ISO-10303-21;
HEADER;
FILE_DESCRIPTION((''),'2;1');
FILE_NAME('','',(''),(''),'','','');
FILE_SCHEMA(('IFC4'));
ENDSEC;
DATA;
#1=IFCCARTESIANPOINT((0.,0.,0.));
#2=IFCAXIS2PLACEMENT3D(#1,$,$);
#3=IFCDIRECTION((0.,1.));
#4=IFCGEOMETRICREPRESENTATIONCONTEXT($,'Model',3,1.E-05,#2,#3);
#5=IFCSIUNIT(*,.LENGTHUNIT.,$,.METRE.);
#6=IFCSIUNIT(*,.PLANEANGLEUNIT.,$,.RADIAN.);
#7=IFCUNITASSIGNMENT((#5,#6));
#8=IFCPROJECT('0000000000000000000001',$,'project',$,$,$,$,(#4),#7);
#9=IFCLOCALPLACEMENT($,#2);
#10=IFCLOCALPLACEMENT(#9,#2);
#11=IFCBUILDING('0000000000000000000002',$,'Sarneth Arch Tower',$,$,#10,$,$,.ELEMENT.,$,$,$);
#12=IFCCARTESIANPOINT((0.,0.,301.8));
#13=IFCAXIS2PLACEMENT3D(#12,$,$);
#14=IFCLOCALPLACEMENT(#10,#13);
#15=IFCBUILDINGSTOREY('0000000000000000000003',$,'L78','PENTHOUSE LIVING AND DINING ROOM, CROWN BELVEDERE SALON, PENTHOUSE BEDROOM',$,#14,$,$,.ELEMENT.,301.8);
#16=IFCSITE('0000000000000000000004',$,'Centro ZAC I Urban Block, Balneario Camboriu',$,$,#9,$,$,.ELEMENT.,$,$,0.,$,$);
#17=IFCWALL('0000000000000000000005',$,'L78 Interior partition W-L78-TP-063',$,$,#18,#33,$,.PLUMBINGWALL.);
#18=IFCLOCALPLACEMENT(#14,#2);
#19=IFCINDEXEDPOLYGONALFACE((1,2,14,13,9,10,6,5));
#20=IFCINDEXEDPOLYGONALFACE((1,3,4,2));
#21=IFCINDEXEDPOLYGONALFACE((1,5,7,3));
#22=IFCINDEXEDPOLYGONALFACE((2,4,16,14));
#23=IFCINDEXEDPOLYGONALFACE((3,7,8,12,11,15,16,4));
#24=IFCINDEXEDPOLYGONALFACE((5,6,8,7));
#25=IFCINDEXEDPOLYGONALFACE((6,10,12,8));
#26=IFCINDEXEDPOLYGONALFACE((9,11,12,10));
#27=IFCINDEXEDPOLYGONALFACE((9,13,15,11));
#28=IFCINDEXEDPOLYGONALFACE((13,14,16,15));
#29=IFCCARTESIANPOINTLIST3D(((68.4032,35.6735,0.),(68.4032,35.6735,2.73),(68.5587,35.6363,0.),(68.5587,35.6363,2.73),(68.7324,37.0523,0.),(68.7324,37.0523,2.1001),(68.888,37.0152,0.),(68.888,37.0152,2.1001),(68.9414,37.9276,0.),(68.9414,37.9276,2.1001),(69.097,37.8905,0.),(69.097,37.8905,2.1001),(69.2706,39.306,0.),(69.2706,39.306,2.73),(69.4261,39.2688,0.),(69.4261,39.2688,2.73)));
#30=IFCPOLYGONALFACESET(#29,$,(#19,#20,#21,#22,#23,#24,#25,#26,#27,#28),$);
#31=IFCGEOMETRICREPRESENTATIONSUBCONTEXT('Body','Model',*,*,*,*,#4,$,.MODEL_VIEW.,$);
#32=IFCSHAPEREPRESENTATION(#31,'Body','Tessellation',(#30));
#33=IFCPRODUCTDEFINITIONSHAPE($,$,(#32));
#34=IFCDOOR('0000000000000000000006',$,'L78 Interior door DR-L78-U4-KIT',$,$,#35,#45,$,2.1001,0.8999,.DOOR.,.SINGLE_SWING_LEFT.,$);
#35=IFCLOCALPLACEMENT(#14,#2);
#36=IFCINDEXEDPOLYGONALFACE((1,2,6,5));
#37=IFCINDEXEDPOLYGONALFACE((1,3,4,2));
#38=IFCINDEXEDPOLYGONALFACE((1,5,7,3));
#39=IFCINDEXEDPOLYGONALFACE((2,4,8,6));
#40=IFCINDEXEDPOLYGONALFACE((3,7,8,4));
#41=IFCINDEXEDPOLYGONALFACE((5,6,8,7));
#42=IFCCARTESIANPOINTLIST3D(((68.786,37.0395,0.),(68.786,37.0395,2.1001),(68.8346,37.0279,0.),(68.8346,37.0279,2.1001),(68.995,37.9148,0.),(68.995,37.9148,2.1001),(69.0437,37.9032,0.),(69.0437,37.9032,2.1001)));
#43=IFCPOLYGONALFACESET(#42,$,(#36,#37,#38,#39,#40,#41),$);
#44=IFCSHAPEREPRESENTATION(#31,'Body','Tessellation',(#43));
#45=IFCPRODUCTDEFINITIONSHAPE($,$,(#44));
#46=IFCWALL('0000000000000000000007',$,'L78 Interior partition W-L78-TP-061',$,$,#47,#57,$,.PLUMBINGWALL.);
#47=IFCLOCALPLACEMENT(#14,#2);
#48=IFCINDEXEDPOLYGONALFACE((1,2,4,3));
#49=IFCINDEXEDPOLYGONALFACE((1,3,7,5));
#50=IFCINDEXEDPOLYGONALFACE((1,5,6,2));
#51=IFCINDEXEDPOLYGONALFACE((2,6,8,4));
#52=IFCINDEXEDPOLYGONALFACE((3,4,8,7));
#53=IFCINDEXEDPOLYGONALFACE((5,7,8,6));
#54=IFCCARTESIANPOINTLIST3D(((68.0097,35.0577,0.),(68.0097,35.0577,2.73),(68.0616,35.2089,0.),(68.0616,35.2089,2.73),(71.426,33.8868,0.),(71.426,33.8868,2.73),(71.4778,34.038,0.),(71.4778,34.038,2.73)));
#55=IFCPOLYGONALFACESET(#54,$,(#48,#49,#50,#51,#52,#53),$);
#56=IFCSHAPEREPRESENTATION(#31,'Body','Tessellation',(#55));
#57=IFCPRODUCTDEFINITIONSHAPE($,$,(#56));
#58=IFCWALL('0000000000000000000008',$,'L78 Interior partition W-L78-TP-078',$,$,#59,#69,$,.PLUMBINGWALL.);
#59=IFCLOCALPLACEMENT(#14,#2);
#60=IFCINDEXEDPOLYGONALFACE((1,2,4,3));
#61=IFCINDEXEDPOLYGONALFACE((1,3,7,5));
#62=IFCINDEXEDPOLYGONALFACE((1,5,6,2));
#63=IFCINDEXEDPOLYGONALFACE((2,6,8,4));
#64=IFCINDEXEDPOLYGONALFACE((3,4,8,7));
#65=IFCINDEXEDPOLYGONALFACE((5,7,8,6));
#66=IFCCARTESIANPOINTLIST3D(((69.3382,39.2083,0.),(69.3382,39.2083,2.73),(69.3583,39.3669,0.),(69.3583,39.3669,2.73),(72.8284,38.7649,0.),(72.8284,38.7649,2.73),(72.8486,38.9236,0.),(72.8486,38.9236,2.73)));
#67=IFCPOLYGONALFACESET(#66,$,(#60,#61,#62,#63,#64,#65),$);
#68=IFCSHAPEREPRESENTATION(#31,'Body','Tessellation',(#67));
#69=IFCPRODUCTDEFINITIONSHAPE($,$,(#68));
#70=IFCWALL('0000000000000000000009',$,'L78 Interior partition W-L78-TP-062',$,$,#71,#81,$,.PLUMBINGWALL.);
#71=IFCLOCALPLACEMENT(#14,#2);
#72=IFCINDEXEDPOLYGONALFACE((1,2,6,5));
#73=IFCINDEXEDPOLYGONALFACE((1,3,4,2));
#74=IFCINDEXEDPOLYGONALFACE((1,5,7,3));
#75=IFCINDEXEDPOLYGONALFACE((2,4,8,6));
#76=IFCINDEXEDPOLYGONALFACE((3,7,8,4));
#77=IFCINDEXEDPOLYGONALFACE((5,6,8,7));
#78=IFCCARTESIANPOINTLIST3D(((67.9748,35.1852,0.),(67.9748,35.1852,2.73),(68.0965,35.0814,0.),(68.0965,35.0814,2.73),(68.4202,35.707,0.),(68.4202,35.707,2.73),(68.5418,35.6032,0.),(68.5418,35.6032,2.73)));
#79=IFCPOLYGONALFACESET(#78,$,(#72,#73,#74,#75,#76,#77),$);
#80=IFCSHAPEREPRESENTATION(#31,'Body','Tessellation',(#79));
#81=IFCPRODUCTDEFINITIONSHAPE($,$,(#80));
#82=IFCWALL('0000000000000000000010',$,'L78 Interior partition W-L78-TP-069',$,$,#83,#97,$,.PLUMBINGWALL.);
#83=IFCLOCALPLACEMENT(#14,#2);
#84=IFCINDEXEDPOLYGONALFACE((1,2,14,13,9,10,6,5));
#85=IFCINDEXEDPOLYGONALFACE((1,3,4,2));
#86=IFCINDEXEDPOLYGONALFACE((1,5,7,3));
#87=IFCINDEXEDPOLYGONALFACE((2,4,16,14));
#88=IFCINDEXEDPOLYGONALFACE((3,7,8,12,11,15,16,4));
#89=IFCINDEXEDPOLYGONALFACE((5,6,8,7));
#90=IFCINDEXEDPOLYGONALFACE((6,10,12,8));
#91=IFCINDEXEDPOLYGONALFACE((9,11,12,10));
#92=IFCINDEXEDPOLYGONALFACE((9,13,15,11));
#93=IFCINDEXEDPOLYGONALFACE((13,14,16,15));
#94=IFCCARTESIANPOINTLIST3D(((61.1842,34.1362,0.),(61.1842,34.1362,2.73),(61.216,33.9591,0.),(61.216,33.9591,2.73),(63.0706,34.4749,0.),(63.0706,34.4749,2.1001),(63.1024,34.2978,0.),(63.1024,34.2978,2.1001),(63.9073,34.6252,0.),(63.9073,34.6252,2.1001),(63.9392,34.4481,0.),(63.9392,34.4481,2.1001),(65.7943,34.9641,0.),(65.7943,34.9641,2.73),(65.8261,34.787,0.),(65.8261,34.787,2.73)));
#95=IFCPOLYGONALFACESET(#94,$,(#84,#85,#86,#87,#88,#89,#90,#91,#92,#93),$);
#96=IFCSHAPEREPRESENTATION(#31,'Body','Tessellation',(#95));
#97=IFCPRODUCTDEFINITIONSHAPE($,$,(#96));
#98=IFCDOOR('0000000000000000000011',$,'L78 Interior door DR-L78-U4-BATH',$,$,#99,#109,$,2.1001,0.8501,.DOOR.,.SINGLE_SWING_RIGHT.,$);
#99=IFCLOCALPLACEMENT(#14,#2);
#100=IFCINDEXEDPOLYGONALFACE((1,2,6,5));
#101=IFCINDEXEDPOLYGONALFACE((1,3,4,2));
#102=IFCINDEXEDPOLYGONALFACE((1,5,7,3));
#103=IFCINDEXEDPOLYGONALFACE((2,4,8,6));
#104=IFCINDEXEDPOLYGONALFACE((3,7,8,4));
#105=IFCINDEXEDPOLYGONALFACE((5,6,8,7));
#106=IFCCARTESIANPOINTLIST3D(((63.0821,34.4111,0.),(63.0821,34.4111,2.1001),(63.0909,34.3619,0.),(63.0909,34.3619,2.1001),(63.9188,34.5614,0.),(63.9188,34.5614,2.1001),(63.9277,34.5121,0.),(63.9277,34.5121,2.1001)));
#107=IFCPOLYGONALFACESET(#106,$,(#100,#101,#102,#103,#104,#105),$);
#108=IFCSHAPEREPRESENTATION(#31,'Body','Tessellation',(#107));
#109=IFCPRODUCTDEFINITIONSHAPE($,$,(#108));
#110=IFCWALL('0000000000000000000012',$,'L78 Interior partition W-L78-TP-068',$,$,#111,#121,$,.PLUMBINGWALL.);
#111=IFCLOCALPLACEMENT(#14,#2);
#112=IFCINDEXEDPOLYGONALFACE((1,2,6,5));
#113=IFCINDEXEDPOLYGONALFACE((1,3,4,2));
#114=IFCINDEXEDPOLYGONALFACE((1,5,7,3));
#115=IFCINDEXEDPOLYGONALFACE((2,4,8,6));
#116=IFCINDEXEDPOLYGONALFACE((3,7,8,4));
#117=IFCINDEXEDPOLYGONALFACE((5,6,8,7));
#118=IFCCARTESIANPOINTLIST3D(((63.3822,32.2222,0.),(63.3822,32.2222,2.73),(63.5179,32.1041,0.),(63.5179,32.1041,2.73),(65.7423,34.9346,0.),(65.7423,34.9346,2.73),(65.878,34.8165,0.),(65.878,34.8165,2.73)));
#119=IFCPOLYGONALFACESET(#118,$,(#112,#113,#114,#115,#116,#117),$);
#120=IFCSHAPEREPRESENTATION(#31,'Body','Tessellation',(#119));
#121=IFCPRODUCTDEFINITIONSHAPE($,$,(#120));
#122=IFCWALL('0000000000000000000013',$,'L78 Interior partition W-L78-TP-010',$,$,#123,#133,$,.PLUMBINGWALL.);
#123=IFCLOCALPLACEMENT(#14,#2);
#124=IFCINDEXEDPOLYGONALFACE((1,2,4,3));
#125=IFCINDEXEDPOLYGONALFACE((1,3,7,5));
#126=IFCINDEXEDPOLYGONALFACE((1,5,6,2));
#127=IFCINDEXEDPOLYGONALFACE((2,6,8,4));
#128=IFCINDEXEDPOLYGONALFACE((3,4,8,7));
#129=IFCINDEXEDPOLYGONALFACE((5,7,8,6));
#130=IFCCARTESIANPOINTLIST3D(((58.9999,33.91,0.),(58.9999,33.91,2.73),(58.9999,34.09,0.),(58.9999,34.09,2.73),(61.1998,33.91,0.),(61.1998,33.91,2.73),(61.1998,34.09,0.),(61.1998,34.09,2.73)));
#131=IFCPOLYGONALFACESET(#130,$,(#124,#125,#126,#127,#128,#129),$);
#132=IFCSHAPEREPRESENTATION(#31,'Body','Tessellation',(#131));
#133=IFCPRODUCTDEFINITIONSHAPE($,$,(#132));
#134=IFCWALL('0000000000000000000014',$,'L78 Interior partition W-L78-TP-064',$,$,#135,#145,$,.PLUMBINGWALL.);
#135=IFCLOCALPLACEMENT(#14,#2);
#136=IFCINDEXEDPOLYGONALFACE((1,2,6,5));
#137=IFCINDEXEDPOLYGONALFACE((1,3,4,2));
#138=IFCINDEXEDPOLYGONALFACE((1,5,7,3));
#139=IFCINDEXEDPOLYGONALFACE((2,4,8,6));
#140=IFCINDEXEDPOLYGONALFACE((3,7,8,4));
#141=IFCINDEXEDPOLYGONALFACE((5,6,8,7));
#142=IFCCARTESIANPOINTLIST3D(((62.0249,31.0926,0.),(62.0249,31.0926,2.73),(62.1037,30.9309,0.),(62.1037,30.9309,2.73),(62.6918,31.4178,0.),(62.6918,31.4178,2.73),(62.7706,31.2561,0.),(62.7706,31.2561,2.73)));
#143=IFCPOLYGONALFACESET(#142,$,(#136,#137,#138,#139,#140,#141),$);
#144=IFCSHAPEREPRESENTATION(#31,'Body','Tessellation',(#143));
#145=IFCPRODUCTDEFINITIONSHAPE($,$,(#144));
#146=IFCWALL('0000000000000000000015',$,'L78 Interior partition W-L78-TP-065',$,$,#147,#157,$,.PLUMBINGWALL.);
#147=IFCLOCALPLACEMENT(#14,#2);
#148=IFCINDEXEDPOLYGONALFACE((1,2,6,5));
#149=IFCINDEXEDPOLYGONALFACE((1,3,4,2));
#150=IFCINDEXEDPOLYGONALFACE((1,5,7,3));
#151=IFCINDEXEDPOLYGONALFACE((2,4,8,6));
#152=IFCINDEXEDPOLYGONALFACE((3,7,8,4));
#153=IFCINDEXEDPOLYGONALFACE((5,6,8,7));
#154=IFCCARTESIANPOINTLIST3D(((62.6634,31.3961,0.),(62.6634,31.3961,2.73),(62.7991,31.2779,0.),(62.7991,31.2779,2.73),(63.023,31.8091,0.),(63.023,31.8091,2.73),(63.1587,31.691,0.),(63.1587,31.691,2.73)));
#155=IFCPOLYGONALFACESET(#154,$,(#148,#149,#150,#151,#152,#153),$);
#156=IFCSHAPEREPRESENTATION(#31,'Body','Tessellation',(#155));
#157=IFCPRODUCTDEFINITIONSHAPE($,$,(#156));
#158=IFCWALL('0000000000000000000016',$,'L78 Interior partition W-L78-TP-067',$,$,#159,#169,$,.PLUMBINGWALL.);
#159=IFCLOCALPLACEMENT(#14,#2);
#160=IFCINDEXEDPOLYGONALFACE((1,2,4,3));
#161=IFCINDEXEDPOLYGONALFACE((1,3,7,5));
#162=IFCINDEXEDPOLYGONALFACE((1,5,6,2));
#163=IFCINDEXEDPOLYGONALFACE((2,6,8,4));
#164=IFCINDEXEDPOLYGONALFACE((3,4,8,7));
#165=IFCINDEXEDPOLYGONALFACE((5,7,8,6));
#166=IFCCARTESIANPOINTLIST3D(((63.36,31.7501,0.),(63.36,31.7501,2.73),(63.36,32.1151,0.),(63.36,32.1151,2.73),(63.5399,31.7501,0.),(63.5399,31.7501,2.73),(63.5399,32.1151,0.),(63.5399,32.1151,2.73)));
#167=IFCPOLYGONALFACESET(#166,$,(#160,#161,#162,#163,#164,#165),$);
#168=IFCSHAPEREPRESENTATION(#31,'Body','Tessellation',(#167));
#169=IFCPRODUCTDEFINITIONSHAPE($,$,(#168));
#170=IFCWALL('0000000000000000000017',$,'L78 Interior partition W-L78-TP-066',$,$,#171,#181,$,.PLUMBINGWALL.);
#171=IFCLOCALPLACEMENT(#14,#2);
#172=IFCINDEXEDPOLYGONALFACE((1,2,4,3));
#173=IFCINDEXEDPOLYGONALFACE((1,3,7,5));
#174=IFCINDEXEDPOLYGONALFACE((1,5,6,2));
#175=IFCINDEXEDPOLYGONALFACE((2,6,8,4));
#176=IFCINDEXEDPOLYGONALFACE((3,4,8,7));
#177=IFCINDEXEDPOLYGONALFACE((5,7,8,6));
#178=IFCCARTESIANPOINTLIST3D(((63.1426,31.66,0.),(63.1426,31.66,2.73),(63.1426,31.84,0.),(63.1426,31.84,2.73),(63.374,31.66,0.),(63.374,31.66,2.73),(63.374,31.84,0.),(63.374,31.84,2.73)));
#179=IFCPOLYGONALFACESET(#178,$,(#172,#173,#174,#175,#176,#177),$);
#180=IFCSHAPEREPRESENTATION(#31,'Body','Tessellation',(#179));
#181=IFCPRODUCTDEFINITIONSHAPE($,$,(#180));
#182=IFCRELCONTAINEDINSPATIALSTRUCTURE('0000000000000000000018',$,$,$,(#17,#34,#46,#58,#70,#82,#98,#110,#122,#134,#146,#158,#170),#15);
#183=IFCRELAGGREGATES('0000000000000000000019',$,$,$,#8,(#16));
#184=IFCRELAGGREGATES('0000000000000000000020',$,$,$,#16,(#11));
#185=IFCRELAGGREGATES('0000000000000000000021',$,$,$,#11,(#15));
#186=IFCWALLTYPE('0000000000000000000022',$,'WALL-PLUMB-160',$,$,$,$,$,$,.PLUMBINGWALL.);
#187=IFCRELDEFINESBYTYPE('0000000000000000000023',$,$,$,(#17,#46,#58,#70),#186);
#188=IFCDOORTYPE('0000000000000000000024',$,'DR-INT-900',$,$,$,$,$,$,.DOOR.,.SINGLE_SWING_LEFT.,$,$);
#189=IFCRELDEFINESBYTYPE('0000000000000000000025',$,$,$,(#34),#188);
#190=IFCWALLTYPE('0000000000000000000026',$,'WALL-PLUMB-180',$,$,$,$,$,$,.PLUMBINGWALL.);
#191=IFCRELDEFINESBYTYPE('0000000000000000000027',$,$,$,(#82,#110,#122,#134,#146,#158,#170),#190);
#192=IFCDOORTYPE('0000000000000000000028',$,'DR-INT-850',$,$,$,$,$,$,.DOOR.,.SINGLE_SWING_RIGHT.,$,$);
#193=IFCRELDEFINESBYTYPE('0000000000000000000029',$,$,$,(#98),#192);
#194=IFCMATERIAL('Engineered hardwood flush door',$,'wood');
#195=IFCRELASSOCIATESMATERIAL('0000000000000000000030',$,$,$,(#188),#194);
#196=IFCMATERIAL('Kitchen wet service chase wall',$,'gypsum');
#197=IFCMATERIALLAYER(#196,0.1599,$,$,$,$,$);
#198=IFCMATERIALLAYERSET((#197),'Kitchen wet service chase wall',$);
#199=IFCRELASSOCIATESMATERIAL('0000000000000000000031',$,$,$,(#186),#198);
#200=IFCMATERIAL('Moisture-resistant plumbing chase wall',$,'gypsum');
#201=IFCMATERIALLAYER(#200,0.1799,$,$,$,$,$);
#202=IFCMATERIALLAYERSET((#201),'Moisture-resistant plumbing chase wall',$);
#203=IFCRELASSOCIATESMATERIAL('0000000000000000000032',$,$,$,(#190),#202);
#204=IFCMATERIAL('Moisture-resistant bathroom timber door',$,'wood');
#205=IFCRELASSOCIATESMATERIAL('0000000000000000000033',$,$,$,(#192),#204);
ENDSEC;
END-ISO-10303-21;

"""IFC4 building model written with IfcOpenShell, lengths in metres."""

from ifc_helpers import new_model, si_unit, direction, frame, frame_2d, origin, place, context, subcontext, project, spatial, rectangle, extrude, material, layer, layer_set, type_object, element, fill, save


model = new_model("IFC4")

# Units and contexts
model_context = context("Model", 3, precision=1e-05, world=origin(), true_north=direction((0.0, 1.0)))
body_context = subcontext(model_context, "Body", "Model", "MODEL_VIEW")
ifc_project = project(units=[si_unit("LENGTHUNIT", "METRE"), si_unit("PLANEANGLEUNIT", "RADIAN")], contexts=[model_context])

# Site, building, storey
site_placement = place(None, origin())
site = spatial("IfcSite", under=ifc_project, at=site_placement, Name="Centro ZAC I Urban Block, Balneario Camboriu", CompositionType="ELEMENT", RefElevation=0.0)
building_placement = place(site_placement, origin())
building = spatial("IfcBuilding", under=site, at=building_placement, Name="Sarneth Arch Tower", CompositionType="ELEMENT")
storey_placement = place(building_placement, frame((0.0, 0.0, 301.8)))
storey = spatial("IfcBuildingStorey", under=building, at=storey_placement, Name="L78", Description="PENTHOUSE LIVING AND DINING ROOM, CROWN BELVEDERE SALON, PENTHOUSE BEDROOM", CompositionType="ELEMENT", Elevation=301.8)

# Wall, opening, door
ifc_material_1 = material(Name="Engineered hardwood flush door", Category="wood")
door_type_1 = type_object("IfcDoorType", Name="DR-INT-900", OperationType="SINGLE_SWING_LEFT", PredefinedType="DOOR", material=ifc_material_1)
ifc_material_2 = material(Name="Kitchen wet service chase wall", Category="gypsum")
ifc_layer_1 = layer(ifc_material_2, 0.1599)
ifc_layer_set_1 = layer_set([ifc_layer_1], Name="Kitchen wet service chase wall")
wall_type_1 = type_object("IfcWallType", Name="WALL-PLUMB-160", PredefinedType="PLUMBINGWALL", material=ifc_layer_set_1)
wall_1_placement = place(storey_placement, frame((68.481, 35.655, 0.0), z_axis=(0.0, 0.0, 1.0), x_axis=(0.232263, 0.972653, 0.0)))
wall_1 = element("IfcWall", 1, at=wall_1_placement, inside=storey, type_object=wall_type_1, Name="L78 Interior partition W-L78-TP-063", PredefinedType="PLUMBINGWALL", context=body_context, shape_type="SweptSolid", body=[
    extrude(rectangle(XDim=3.7346, YDim=0.1599, at=frame_2d((1.8672, 0.0))), origin(), (0.0, 0.0, 1.0), 2.73),
])
opening_1_placement = place(wall_1_placement, frame((1.4175, 0.0, 0.0)))
opening_1 = element("IfcOpeningElement", 2, at=opening_1_placement, cuts=wall_1, PredefinedType="OPENING", context=body_context, shape_type="SweptSolid", body=[
    extrude(rectangle(XDim=0.8999, YDim=2.1001, at=frame_2d((0.45, 1.05))), frame((0.0, 0.0898, 0.0), z_axis=(0.0, -1.0, 0.0), x_axis=(1.0, 0.0, 0.0)), (0.0, 0.0, 1.0), 0.1799),
])
door_1_placement = place(opening_1_placement, origin())
door_1 = element("IfcDoor", 3, at=door_1_placement, inside=storey, type_object=door_type_1, Name="L78 Interior door DR-L78-U4-KIT", OperationType="SINGLE_SWING_LEFT", OverallHeight=2.1001, OverallWidth=0.8999, PredefinedType="DOOR", context=body_context, shape_type="SweptSolid", body=[
    extrude(rectangle(XDim=0.8999, YDim=2.1001, at=frame_2d((0.45, 1.05))), frame((0.0, 0.0249, 0.0), z_axis=(0.0, -1.0, 0.0), x_axis=(1.0, 0.0, 0.0)), (0.0, 0.0, 1.0), 0.05),
])
fill(opening_1, door_1)

# Walls
wall_2_placement = place(storey_placement, frame((71.4519, 33.9624, 0.0), z_axis=(0.0, 0.0, 1.0), x_axis=(-0.945979, 0.324228, 0.0)))
element("IfcWall", 4, at=wall_2_placement, inside=storey, type_object=wall_type_1, Name="L78 Interior partition W-L78-TP-061", PredefinedType="PLUMBINGWALL", context=body_context, shape_type="SweptSolid", body=[
    extrude(rectangle(XDim=3.6113, YDim=0.1599, at=frame_2d((1.8057, 0.0))), origin(), (0.0, 0.0, 1.0), 2.73),
])
wall_3_placement = place(storey_placement, frame((72.8386, 38.8442, 0.0), z_axis=(0.0, 0.0, 1.0), x_axis=(-0.992028, 0.126016, 0.0)))
element("IfcWall", 5, at=wall_3_placement, inside=storey, type_object=wall_type_1, Name="L78 Interior partition W-L78-TP-078", PredefinedType="PLUMBINGWALL", context=body_context, shape_type="SweptSolid", body=[
    extrude(rectangle(XDim=3.5183, YDim=0.1599, at=frame_2d((1.7593, 0.0))), origin(), (0.0, 0.0, 1.0), 2.73),
])
wall_4_placement = place(storey_placement, frame((68.0356, 35.1333, 0.0), z_axis=(0.0, 0.0, 1.0), x_axis=(0.649207, 0.760612, 0.0)))
element("IfcWall", 6, at=wall_4_placement, inside=storey, type_object=wall_type_1, Name="L78 Interior partition W-L78-TP-062", PredefinedType="PLUMBINGWALL", context=body_context, shape_type="SweptSolid", body=[
    extrude(rectangle(XDim=0.686, YDim=0.1599, at=frame_2d((0.343, 0.0))), origin(), (0.0, 0.0, 1.0), 2.73),
])

# Wall, opening, door
ifc_material_3 = material(Name="Moisture-resistant plumbing chase wall", Category="gypsum")
ifc_layer_2 = layer(ifc_material_3, 0.1799)
ifc_layer_set_2 = layer_set([ifc_layer_2], Name="Moisture-resistant plumbing chase wall")
wall_type_2 = type_object("IfcWallType", Name="WALL-PLUMB-180", PredefinedType="PLUMBINGWALL", material=ifc_layer_set_2)
wall_5_placement = place(storey_placement, frame((65.8101, 34.8755, 0.0), z_axis=(0.0, 0.0, 1.0), x_axis=(-0.984255, -0.176752, 0.0)))
wall_5 = element("IfcWall", 7, at=wall_5_placement, inside=storey, type_object=wall_type_2, Name="L78 Interior partition W-L78-TP-069", PredefinedType="PLUMBINGWALL", context=body_context, shape_type="SweptSolid", body=[
    extrude(rectangle(XDim=4.6838, YDim=0.1799, at=frame_2d((2.3418, 0.0))), origin(), (0.0, 0.0, 1.0), 2.73),
])
opening_2_placement = place(wall_5_placement, frame((1.917, 0.0, 0.0)))
opening_2 = element("IfcOpeningElement", 8, at=opening_2_placement, cuts=wall_5, PredefinedType="OPENING", context=body_context, shape_type="SweptSolid", body=[
    extrude(rectangle(XDim=0.8501, YDim=2.1001, at=frame_2d((0.425, 1.05))), frame((0.0, 0.0999, 0.0), z_axis=(0.0, -1.0, 0.0), x_axis=(1.0, 0.0, 0.0)), (0.0, 0.0, 1.0), 0.2),
])
ifc_material_4 = material(Name="Moisture-resistant bathroom timber door", Category="wood")
door_type_2 = type_object("IfcDoorType", Name="DR-INT-850", OperationType="SINGLE_SWING_RIGHT", PredefinedType="DOOR", material=ifc_material_4)
door_2_placement = place(opening_2_placement, origin())
door_2 = element("IfcDoor", 9, at=door_2_placement, inside=storey, type_object=door_type_2, Name="L78 Interior door DR-L78-U4-BATH", OperationType="SINGLE_SWING_RIGHT", OverallHeight=2.1001, OverallWidth=0.8501, PredefinedType="DOOR", context=body_context, shape_type="SweptSolid", body=[
    extrude(rectangle(XDim=0.8501, YDim=2.1001, at=frame_2d((0.425, 1.05))), frame((0.0, 0.0249, 0.0), z_axis=(0.0, -1.0, 0.0), x_axis=(1.0, 0.0, 0.0)), (0.0, 0.0, 1.0), 0.05),
])
fill(opening_2, door_2)

# Walls
wall_6_placement = place(storey_placement, frame((63.45, 32.1631, 0.0), z_axis=(0.0, 0.0, 1.0), x_axis=(0.656416, 0.754399, 0.0)))
element("IfcWall", 10, at=wall_6_placement, inside=storey, type_object=wall_type_2, Name="L78 Interior partition W-L78-TP-068", PredefinedType="PLUMBINGWALL", context=body_context, shape_type="SweptSolid", body=[
    extrude(rectangle(XDim=3.5955, YDim=0.1799, at=frame_2d((1.7979, 0.0))), origin(), (0.0, 0.0, 1.0), 2.73),
])
wall_7_placement = place(storey_placement, frame((61.2, 34.0, 0.0), z_axis=(0.0, 0.0, 1.0), x_axis=(-1.0, 0.0, 0.0)))
element("IfcWall", 11, at=wall_7_placement, inside=storey, type_object=wall_type_2, Name="L78 Interior partition W-L78-TP-010", PredefinedType="PLUMBINGWALL", context=body_context, shape_type="SweptSolid", body=[
    extrude(rectangle(XDim=2.2, YDim=0.1799, at=frame_2d((1.1001, 0.0))), origin(), (0.0, 0.0, 1.0), 2.73),
])
wall_8_placement = place(storey_placement, frame((62.0642, 31.0117, 0.0), z_axis=(0.0, 0.0, 1.0), x_axis=(0.898857, 0.438242, 0.0)))
element("IfcWall", 12, at=wall_8_placement, inside=storey, type_object=wall_type_2, Name="L78 Interior partition W-L78-TP-064", PredefinedType="PLUMBINGWALL", context=body_context, shape_type="SweptSolid", body=[
    extrude(rectangle(XDim=0.7419, YDim=0.1799, at=frame_2d((0.3711, 0.0))), origin(), (0.0, 0.0, 1.0), 2.73),
])
wall_9_placement = place(storey_placement, frame((62.7312, 31.3369, 0.0), z_axis=(0.0, 0.0, 1.0), x_axis=(0.656609, 0.754231, 0.0)))
element("IfcWall", 13, at=wall_9_placement, inside=storey, type_object=wall_type_2, Name="L78 Interior partition W-L78-TP-065", PredefinedType="PLUMBINGWALL", context=body_context, shape_type="SweptSolid", body=[
    extrude(rectangle(XDim=0.5476, YDim=0.1799, at=frame_2d((0.2739, 0.0))), origin(), (0.0, 0.0, 1.0), 2.73),
])
wall_10_placement = place(storey_placement, frame((63.45, 31.75, 0.0), z_axis=(0.0, 0.0, 1.0), x_axis=(0.0, 1.0, 0.0)))
element("IfcWall", 14, at=wall_10_placement, inside=storey, type_object=wall_type_2, Name="L78 Interior partition W-L78-TP-067", PredefinedType="PLUMBINGWALL", context=body_context, shape_type="SweptSolid", body=[
    extrude(rectangle(XDim=0.365, YDim=0.1799, at=frame_2d((0.1826, 0.0))), origin(), (0.0, 0.0, 1.0), 2.73),
])
wall_11_placement = place(storey_placement, frame((63.1426, 31.75, 0.0), z_axis=(0.0, 0.0, 1.0), x_axis=(1.0, 0.0, 0.0)))
element("IfcWall", 15, at=wall_11_placement, inside=storey, type_object=wall_type_2, Name="L78 Interior partition W-L78-TP-066", PredefinedType="PLUMBINGWALL", context=body_context, shape_type="SweptSolid", body=[
    extrude(rectangle(XDim=0.2314, YDim=0.1799, at=frame_2d((0.1157, 0.0))), origin(), (0.0, 0.0, 1.0), 2.73),
])

save(model, "model.ifc")
